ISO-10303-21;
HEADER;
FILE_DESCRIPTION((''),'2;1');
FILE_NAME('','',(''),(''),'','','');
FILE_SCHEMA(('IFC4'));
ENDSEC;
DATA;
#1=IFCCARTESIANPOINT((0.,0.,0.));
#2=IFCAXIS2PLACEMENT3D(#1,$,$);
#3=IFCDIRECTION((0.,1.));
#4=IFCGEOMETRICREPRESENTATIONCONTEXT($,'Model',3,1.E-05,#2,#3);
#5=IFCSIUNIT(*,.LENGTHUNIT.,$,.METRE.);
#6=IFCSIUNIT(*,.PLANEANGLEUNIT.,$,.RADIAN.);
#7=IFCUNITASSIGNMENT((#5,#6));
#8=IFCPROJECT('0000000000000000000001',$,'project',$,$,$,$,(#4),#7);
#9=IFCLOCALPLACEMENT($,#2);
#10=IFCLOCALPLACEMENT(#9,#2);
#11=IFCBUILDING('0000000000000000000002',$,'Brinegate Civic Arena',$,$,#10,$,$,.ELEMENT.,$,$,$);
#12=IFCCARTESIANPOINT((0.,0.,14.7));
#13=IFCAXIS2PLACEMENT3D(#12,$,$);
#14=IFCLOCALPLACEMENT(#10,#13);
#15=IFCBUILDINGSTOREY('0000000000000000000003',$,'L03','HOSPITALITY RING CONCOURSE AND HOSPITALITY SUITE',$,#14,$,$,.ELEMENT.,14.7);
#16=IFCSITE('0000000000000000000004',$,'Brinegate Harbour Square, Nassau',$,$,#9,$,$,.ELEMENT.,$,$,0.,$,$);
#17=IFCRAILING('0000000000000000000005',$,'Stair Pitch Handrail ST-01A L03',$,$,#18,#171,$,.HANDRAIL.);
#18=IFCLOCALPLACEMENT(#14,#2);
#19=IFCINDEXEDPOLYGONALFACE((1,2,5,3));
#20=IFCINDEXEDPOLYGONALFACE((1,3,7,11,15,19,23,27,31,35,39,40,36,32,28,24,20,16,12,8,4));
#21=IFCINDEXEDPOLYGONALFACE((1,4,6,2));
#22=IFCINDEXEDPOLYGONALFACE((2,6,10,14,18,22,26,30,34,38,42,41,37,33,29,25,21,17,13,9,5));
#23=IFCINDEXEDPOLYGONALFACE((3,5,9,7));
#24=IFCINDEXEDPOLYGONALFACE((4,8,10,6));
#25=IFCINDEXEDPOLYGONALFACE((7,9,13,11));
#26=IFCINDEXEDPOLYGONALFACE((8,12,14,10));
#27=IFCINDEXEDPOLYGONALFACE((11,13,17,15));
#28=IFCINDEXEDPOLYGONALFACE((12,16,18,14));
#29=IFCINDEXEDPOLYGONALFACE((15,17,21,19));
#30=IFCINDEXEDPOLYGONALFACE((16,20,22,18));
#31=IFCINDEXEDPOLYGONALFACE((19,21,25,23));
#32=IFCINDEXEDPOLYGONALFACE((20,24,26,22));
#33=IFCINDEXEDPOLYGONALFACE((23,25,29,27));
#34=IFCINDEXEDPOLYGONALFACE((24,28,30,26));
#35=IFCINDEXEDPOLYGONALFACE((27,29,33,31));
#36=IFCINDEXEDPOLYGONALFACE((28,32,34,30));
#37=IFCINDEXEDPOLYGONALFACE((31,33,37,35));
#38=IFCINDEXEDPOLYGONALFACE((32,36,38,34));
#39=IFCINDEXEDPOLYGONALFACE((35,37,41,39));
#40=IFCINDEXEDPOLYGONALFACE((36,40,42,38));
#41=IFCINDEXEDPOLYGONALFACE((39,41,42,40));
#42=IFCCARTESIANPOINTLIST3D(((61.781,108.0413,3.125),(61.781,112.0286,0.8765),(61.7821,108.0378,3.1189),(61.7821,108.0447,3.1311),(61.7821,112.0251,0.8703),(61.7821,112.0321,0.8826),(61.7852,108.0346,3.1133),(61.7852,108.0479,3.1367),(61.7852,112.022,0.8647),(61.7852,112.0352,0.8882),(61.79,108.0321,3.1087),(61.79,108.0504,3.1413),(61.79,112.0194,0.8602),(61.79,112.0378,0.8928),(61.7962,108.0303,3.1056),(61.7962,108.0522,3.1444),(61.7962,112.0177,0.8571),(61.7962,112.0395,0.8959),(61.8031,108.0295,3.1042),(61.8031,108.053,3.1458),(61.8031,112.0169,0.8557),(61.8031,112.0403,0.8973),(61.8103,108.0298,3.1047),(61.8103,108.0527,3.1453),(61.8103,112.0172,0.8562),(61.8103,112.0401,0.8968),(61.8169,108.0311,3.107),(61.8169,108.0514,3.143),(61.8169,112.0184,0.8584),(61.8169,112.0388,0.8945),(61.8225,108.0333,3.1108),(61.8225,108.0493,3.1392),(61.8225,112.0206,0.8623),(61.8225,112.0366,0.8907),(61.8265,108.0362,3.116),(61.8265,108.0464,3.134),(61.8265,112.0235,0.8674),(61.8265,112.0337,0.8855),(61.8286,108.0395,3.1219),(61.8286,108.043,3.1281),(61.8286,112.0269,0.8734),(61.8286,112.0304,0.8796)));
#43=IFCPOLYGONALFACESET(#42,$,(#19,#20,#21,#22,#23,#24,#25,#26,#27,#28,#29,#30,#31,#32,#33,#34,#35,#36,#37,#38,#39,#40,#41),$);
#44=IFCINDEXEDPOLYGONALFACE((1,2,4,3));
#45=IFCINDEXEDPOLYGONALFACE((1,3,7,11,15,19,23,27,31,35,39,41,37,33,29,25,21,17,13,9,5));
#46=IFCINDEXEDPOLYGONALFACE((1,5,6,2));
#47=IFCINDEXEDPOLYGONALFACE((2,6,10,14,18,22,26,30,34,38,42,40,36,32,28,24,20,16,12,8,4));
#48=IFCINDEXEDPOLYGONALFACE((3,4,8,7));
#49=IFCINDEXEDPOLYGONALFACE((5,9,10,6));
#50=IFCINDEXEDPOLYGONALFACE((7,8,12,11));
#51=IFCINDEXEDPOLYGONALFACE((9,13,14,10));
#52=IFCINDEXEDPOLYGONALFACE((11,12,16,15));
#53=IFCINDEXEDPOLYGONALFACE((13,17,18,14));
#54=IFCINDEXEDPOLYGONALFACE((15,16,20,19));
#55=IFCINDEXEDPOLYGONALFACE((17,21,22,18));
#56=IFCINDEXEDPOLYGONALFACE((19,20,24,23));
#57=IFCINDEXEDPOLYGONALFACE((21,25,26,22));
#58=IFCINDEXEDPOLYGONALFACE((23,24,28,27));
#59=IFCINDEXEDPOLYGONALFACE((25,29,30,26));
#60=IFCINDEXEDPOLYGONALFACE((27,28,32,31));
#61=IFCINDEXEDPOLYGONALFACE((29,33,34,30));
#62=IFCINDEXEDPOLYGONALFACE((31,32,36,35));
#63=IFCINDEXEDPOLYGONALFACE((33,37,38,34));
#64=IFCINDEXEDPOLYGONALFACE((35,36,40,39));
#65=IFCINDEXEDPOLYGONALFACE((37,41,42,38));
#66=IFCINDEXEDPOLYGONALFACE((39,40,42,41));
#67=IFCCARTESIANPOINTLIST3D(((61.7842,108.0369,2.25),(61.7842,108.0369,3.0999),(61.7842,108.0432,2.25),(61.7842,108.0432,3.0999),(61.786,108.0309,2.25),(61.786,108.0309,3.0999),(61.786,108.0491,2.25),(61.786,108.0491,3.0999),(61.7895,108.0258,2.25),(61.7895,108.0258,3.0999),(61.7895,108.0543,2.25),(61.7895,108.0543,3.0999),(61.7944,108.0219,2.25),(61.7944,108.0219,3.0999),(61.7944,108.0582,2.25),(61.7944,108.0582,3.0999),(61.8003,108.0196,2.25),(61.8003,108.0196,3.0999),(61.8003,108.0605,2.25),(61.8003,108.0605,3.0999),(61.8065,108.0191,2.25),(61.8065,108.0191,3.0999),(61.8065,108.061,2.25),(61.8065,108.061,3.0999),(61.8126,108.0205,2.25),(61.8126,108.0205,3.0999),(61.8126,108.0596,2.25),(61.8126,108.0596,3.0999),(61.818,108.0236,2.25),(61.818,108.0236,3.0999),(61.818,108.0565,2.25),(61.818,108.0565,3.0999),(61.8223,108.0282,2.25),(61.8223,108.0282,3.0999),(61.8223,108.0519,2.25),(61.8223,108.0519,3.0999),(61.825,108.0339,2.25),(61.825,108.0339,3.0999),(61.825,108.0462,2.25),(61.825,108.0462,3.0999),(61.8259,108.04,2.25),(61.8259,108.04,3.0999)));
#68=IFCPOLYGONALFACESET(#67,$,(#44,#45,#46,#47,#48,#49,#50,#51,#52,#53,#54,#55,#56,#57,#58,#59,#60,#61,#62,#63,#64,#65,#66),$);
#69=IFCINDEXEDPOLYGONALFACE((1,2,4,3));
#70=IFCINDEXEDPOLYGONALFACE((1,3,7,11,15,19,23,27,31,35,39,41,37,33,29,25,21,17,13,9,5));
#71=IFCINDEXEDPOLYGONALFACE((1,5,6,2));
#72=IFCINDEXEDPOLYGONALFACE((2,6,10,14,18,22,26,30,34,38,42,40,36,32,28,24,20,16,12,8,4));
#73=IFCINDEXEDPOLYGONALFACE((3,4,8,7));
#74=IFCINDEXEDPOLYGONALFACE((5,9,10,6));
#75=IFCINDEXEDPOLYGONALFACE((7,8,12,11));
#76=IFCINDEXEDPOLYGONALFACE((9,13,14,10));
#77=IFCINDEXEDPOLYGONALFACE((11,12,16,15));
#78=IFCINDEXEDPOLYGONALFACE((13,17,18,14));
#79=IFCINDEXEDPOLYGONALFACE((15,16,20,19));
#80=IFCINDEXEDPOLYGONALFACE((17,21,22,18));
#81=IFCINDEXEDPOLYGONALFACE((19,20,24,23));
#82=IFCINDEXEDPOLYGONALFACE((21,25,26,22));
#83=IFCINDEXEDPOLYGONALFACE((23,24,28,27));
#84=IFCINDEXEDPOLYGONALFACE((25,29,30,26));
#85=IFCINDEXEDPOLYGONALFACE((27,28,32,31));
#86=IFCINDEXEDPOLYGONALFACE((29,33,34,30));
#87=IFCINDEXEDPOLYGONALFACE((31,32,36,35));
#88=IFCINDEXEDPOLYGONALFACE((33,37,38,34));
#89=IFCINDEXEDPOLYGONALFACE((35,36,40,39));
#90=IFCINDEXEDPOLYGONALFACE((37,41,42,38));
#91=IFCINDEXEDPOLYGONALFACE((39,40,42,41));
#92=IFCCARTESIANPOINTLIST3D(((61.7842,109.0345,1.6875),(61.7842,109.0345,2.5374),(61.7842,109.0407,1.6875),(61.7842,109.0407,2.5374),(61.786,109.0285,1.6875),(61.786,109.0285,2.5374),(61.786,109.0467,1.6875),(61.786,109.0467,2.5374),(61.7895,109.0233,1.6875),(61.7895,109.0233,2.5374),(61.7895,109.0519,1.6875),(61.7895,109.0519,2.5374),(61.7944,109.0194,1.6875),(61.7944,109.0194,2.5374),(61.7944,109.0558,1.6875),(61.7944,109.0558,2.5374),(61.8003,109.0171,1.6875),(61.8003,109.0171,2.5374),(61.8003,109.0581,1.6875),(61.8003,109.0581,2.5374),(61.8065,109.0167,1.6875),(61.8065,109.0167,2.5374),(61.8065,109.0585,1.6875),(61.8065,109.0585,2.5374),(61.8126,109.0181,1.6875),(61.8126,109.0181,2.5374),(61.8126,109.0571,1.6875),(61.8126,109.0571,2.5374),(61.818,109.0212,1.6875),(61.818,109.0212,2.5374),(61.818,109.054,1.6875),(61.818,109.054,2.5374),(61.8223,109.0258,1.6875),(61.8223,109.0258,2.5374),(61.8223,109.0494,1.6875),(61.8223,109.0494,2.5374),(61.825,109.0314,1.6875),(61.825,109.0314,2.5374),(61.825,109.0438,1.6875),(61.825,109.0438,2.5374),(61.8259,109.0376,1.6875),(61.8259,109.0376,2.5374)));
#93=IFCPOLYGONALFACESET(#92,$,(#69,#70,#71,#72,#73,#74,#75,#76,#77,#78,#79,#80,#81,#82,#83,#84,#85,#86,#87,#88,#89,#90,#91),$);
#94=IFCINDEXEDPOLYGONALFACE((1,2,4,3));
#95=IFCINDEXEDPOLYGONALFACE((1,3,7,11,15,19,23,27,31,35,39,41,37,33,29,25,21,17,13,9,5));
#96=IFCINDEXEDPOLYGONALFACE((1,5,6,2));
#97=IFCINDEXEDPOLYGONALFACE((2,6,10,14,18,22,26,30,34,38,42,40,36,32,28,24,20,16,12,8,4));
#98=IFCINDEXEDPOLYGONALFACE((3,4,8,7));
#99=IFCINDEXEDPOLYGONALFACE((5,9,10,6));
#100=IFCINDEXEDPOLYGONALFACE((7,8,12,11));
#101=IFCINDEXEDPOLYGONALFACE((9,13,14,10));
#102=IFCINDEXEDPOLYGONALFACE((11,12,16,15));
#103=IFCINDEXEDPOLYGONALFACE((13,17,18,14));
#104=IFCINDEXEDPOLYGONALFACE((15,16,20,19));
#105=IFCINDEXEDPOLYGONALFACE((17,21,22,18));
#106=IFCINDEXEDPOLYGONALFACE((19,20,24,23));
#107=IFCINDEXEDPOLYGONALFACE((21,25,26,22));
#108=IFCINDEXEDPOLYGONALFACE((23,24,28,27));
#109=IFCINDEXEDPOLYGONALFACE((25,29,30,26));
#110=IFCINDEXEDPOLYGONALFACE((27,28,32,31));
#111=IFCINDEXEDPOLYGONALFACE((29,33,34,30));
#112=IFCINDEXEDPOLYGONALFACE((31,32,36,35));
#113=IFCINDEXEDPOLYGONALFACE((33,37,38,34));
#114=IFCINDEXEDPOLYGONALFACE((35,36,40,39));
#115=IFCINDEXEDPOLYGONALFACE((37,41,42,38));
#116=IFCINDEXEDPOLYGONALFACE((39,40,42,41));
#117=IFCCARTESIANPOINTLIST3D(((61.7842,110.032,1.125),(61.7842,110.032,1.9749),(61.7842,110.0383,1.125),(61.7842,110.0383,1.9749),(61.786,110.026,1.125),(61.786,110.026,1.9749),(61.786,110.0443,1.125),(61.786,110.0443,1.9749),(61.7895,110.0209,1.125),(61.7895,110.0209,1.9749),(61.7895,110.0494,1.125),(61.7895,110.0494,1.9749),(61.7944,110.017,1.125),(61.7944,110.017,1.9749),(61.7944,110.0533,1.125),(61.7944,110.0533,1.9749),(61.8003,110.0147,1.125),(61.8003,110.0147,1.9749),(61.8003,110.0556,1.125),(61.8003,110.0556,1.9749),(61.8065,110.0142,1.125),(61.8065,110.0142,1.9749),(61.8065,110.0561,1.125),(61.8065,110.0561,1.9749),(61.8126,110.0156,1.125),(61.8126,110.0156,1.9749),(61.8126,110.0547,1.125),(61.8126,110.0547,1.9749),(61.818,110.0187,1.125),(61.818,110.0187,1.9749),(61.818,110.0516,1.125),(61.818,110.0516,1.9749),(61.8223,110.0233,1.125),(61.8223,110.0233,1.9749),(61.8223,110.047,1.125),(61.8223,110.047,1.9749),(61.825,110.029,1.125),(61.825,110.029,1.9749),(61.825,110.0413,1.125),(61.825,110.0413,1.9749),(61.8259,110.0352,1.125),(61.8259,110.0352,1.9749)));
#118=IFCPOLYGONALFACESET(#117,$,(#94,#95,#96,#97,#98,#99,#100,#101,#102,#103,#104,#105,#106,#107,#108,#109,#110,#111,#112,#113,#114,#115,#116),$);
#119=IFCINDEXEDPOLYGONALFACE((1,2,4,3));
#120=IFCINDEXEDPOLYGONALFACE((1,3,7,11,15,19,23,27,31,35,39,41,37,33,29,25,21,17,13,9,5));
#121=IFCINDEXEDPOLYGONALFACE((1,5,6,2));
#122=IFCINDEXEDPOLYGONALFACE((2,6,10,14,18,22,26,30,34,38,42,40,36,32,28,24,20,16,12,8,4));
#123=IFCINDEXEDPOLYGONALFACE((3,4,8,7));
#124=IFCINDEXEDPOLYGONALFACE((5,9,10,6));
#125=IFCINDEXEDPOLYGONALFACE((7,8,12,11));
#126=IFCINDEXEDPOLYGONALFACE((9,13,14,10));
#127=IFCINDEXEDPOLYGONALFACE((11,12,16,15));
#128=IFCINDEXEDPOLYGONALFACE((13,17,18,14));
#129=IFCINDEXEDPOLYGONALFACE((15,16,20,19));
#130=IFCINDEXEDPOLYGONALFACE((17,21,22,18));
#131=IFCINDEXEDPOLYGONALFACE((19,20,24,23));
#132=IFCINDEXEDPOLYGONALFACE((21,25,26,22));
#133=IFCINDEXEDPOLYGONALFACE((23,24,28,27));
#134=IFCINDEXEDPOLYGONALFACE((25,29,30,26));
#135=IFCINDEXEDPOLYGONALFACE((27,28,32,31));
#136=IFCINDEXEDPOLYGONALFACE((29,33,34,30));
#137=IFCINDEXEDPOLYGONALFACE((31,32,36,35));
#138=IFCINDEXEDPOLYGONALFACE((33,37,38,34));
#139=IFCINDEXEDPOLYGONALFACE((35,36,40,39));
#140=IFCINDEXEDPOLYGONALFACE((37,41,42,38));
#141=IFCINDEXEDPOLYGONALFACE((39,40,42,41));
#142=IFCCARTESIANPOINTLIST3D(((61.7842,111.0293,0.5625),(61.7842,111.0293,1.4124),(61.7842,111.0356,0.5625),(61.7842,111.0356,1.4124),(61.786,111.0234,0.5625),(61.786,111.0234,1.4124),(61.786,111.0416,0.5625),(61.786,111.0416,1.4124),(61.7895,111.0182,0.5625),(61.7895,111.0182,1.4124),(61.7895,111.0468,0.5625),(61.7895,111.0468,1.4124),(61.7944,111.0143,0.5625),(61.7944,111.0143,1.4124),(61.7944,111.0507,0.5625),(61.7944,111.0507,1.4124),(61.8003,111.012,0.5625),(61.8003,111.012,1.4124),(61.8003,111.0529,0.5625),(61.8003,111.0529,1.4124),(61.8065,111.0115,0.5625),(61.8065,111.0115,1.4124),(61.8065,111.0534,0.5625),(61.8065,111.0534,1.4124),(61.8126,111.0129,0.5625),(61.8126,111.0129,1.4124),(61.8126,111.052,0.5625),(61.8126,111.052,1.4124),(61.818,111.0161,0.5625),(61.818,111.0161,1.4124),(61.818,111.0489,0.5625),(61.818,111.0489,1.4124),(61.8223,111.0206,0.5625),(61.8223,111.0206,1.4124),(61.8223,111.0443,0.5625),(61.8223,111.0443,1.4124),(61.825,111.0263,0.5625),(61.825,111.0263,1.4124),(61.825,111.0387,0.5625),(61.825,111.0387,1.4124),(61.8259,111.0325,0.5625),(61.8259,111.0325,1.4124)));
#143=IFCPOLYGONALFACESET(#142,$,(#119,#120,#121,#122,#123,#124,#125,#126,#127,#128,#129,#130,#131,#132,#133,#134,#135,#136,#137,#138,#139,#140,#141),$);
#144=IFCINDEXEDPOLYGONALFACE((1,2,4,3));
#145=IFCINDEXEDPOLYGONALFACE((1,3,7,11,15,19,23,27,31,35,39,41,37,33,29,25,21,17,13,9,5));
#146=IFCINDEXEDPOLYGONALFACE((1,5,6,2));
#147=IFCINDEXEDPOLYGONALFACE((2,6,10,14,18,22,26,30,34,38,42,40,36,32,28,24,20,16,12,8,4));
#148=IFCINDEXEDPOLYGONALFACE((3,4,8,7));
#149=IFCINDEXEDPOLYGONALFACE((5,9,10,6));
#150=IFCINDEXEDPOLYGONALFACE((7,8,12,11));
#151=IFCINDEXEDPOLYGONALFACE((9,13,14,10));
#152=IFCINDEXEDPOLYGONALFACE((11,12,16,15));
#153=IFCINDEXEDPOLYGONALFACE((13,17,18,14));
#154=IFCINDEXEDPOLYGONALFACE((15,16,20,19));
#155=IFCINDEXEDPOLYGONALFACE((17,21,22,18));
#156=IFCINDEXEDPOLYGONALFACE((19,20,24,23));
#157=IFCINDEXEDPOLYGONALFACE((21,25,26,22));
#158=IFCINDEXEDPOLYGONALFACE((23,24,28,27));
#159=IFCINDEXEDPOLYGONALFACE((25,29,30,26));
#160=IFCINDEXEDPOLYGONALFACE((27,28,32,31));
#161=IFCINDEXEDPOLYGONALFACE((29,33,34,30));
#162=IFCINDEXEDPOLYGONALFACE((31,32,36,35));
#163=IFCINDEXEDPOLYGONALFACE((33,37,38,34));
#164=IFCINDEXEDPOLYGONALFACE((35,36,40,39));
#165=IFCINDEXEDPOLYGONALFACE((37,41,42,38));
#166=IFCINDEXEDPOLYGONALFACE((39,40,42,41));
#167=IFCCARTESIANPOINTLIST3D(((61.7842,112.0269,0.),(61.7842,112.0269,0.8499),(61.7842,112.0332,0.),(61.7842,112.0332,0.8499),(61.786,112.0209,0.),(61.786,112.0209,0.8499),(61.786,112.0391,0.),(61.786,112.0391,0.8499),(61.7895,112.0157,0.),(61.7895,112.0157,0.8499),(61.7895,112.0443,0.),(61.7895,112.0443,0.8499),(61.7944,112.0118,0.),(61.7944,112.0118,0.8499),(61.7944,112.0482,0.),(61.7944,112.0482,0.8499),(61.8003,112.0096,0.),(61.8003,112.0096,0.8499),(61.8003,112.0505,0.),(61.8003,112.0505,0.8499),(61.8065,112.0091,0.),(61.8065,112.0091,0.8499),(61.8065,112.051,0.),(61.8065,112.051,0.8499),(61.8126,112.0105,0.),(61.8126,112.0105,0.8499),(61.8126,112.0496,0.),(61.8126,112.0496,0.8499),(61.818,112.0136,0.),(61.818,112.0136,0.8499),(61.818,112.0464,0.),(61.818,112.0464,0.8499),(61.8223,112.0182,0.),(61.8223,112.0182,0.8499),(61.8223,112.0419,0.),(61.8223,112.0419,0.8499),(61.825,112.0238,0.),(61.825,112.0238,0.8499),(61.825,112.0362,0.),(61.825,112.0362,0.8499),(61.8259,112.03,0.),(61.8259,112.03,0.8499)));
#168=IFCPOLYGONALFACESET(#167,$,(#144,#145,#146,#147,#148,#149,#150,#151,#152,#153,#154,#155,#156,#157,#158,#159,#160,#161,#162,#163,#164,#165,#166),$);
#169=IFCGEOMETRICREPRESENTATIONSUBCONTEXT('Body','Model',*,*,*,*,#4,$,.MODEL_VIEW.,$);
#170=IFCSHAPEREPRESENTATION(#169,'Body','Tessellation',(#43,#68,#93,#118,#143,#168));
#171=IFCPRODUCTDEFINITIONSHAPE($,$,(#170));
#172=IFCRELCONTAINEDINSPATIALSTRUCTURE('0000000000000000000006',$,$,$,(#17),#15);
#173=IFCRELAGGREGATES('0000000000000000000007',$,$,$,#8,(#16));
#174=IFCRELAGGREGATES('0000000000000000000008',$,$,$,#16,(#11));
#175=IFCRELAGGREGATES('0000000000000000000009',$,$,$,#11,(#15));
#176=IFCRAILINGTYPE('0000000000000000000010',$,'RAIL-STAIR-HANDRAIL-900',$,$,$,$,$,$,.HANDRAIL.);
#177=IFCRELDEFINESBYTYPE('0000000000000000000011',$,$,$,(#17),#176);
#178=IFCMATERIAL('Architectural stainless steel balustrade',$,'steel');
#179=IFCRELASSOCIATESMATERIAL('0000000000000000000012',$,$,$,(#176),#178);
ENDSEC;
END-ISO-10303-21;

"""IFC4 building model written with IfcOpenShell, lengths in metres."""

from ifc_helpers import new_model, si_unit, direction, frame, origin, origin_2d, place, context, subcontext, project, spatial, circle, extrude, material, type_object, element, save


model = new_model("IFC4")

# Units and contexts
model_context = context("Model", 3, precision=1e-05, world=origin(), true_north=direction((0.0, 1.0)))
body_context = subcontext(model_context, "Body", "Model", "MODEL_VIEW")
ifc_project = project(units=[si_unit("LENGTHUNIT", "METRE"), si_unit("PLANEANGLEUNIT", "RADIAN")], contexts=[model_context])

# Site, building, storey
site_placement = place(None, origin())
site = spatial("IfcSite", under=ifc_project, at=site_placement, Name="Brinegate Harbour Square, Nassau", CompositionType="ELEMENT", RefElevation=0.0)
building_placement = place(site_placement, origin())
building = spatial("IfcBuilding", under=site, at=building_placement, Name="Brinegate Civic Arena", CompositionType="ELEMENT")
storey_placement = place(building_placement, frame((0.0, 0.0, 14.7)))
storey = spatial("IfcBuildingStorey", under=building, at=storey_placement, Name="L03", Description="HOSPITALITY RING CONCOURSE AND HOSPITALITY SUITE", CompositionType="ELEMENT", Elevation=14.7)

# Railing
ifc_material_1 = material(Name="Architectural stainless steel balustrade", Category="steel")
railing_type_1 = type_object("IfcRailingType", Name="RAIL-STAIR-HANDRAIL-900", PredefinedType="HANDRAIL", material=ifc_material_1)
for number, where, name in (
    (1, (61.8049, 108.04, 2.25), "Stair Pitch Handrail ST-01A L03"),
):
    element("IfcRailing", number, at=place(storey_placement, frame(where)), inside=storey, type_object=railing_type_1, Name=name, PredefinedType="HANDRAIL", context=body_context, shape_type="SweptSolid", body=[
        extrude(circle(Radius=0.0239, at=origin_2d()), frame((0.0, 0.0012, 0.875), z_axis=(0.0, 0.87105, -0.491195), x_axis=(-1.0, 0.0, 0.0)), (0.0, 0.0, 1.0), 4.5776),
        extrude(circle(Radius=0.021, at=origin_2d()), origin(), (0.0, 0.0, 1.0), 0.8499),
        extrude(circle(Radius=0.021, at=origin_2d()), frame((0.0, 0.9976, -0.5625)), (0.0, 0.0, 1.0), 0.8499),
        extrude(circle(Radius=0.021, at=origin_2d()), frame((0.0, 1.9951, -1.125)), (0.0, 0.0, 1.0), 0.8499),
        extrude(circle(Radius=0.021, at=origin_2d()), frame((0.0, 2.9924, -1.6875)), (0.0, 0.0, 1.0), 0.8499),
        extrude(circle(Radius=0.021, at=origin_2d()), frame((0.0, 3.99, -2.25)), (0.0, 0.0, 1.0), 0.8499),
    ])

save(model, "model.ifc")
